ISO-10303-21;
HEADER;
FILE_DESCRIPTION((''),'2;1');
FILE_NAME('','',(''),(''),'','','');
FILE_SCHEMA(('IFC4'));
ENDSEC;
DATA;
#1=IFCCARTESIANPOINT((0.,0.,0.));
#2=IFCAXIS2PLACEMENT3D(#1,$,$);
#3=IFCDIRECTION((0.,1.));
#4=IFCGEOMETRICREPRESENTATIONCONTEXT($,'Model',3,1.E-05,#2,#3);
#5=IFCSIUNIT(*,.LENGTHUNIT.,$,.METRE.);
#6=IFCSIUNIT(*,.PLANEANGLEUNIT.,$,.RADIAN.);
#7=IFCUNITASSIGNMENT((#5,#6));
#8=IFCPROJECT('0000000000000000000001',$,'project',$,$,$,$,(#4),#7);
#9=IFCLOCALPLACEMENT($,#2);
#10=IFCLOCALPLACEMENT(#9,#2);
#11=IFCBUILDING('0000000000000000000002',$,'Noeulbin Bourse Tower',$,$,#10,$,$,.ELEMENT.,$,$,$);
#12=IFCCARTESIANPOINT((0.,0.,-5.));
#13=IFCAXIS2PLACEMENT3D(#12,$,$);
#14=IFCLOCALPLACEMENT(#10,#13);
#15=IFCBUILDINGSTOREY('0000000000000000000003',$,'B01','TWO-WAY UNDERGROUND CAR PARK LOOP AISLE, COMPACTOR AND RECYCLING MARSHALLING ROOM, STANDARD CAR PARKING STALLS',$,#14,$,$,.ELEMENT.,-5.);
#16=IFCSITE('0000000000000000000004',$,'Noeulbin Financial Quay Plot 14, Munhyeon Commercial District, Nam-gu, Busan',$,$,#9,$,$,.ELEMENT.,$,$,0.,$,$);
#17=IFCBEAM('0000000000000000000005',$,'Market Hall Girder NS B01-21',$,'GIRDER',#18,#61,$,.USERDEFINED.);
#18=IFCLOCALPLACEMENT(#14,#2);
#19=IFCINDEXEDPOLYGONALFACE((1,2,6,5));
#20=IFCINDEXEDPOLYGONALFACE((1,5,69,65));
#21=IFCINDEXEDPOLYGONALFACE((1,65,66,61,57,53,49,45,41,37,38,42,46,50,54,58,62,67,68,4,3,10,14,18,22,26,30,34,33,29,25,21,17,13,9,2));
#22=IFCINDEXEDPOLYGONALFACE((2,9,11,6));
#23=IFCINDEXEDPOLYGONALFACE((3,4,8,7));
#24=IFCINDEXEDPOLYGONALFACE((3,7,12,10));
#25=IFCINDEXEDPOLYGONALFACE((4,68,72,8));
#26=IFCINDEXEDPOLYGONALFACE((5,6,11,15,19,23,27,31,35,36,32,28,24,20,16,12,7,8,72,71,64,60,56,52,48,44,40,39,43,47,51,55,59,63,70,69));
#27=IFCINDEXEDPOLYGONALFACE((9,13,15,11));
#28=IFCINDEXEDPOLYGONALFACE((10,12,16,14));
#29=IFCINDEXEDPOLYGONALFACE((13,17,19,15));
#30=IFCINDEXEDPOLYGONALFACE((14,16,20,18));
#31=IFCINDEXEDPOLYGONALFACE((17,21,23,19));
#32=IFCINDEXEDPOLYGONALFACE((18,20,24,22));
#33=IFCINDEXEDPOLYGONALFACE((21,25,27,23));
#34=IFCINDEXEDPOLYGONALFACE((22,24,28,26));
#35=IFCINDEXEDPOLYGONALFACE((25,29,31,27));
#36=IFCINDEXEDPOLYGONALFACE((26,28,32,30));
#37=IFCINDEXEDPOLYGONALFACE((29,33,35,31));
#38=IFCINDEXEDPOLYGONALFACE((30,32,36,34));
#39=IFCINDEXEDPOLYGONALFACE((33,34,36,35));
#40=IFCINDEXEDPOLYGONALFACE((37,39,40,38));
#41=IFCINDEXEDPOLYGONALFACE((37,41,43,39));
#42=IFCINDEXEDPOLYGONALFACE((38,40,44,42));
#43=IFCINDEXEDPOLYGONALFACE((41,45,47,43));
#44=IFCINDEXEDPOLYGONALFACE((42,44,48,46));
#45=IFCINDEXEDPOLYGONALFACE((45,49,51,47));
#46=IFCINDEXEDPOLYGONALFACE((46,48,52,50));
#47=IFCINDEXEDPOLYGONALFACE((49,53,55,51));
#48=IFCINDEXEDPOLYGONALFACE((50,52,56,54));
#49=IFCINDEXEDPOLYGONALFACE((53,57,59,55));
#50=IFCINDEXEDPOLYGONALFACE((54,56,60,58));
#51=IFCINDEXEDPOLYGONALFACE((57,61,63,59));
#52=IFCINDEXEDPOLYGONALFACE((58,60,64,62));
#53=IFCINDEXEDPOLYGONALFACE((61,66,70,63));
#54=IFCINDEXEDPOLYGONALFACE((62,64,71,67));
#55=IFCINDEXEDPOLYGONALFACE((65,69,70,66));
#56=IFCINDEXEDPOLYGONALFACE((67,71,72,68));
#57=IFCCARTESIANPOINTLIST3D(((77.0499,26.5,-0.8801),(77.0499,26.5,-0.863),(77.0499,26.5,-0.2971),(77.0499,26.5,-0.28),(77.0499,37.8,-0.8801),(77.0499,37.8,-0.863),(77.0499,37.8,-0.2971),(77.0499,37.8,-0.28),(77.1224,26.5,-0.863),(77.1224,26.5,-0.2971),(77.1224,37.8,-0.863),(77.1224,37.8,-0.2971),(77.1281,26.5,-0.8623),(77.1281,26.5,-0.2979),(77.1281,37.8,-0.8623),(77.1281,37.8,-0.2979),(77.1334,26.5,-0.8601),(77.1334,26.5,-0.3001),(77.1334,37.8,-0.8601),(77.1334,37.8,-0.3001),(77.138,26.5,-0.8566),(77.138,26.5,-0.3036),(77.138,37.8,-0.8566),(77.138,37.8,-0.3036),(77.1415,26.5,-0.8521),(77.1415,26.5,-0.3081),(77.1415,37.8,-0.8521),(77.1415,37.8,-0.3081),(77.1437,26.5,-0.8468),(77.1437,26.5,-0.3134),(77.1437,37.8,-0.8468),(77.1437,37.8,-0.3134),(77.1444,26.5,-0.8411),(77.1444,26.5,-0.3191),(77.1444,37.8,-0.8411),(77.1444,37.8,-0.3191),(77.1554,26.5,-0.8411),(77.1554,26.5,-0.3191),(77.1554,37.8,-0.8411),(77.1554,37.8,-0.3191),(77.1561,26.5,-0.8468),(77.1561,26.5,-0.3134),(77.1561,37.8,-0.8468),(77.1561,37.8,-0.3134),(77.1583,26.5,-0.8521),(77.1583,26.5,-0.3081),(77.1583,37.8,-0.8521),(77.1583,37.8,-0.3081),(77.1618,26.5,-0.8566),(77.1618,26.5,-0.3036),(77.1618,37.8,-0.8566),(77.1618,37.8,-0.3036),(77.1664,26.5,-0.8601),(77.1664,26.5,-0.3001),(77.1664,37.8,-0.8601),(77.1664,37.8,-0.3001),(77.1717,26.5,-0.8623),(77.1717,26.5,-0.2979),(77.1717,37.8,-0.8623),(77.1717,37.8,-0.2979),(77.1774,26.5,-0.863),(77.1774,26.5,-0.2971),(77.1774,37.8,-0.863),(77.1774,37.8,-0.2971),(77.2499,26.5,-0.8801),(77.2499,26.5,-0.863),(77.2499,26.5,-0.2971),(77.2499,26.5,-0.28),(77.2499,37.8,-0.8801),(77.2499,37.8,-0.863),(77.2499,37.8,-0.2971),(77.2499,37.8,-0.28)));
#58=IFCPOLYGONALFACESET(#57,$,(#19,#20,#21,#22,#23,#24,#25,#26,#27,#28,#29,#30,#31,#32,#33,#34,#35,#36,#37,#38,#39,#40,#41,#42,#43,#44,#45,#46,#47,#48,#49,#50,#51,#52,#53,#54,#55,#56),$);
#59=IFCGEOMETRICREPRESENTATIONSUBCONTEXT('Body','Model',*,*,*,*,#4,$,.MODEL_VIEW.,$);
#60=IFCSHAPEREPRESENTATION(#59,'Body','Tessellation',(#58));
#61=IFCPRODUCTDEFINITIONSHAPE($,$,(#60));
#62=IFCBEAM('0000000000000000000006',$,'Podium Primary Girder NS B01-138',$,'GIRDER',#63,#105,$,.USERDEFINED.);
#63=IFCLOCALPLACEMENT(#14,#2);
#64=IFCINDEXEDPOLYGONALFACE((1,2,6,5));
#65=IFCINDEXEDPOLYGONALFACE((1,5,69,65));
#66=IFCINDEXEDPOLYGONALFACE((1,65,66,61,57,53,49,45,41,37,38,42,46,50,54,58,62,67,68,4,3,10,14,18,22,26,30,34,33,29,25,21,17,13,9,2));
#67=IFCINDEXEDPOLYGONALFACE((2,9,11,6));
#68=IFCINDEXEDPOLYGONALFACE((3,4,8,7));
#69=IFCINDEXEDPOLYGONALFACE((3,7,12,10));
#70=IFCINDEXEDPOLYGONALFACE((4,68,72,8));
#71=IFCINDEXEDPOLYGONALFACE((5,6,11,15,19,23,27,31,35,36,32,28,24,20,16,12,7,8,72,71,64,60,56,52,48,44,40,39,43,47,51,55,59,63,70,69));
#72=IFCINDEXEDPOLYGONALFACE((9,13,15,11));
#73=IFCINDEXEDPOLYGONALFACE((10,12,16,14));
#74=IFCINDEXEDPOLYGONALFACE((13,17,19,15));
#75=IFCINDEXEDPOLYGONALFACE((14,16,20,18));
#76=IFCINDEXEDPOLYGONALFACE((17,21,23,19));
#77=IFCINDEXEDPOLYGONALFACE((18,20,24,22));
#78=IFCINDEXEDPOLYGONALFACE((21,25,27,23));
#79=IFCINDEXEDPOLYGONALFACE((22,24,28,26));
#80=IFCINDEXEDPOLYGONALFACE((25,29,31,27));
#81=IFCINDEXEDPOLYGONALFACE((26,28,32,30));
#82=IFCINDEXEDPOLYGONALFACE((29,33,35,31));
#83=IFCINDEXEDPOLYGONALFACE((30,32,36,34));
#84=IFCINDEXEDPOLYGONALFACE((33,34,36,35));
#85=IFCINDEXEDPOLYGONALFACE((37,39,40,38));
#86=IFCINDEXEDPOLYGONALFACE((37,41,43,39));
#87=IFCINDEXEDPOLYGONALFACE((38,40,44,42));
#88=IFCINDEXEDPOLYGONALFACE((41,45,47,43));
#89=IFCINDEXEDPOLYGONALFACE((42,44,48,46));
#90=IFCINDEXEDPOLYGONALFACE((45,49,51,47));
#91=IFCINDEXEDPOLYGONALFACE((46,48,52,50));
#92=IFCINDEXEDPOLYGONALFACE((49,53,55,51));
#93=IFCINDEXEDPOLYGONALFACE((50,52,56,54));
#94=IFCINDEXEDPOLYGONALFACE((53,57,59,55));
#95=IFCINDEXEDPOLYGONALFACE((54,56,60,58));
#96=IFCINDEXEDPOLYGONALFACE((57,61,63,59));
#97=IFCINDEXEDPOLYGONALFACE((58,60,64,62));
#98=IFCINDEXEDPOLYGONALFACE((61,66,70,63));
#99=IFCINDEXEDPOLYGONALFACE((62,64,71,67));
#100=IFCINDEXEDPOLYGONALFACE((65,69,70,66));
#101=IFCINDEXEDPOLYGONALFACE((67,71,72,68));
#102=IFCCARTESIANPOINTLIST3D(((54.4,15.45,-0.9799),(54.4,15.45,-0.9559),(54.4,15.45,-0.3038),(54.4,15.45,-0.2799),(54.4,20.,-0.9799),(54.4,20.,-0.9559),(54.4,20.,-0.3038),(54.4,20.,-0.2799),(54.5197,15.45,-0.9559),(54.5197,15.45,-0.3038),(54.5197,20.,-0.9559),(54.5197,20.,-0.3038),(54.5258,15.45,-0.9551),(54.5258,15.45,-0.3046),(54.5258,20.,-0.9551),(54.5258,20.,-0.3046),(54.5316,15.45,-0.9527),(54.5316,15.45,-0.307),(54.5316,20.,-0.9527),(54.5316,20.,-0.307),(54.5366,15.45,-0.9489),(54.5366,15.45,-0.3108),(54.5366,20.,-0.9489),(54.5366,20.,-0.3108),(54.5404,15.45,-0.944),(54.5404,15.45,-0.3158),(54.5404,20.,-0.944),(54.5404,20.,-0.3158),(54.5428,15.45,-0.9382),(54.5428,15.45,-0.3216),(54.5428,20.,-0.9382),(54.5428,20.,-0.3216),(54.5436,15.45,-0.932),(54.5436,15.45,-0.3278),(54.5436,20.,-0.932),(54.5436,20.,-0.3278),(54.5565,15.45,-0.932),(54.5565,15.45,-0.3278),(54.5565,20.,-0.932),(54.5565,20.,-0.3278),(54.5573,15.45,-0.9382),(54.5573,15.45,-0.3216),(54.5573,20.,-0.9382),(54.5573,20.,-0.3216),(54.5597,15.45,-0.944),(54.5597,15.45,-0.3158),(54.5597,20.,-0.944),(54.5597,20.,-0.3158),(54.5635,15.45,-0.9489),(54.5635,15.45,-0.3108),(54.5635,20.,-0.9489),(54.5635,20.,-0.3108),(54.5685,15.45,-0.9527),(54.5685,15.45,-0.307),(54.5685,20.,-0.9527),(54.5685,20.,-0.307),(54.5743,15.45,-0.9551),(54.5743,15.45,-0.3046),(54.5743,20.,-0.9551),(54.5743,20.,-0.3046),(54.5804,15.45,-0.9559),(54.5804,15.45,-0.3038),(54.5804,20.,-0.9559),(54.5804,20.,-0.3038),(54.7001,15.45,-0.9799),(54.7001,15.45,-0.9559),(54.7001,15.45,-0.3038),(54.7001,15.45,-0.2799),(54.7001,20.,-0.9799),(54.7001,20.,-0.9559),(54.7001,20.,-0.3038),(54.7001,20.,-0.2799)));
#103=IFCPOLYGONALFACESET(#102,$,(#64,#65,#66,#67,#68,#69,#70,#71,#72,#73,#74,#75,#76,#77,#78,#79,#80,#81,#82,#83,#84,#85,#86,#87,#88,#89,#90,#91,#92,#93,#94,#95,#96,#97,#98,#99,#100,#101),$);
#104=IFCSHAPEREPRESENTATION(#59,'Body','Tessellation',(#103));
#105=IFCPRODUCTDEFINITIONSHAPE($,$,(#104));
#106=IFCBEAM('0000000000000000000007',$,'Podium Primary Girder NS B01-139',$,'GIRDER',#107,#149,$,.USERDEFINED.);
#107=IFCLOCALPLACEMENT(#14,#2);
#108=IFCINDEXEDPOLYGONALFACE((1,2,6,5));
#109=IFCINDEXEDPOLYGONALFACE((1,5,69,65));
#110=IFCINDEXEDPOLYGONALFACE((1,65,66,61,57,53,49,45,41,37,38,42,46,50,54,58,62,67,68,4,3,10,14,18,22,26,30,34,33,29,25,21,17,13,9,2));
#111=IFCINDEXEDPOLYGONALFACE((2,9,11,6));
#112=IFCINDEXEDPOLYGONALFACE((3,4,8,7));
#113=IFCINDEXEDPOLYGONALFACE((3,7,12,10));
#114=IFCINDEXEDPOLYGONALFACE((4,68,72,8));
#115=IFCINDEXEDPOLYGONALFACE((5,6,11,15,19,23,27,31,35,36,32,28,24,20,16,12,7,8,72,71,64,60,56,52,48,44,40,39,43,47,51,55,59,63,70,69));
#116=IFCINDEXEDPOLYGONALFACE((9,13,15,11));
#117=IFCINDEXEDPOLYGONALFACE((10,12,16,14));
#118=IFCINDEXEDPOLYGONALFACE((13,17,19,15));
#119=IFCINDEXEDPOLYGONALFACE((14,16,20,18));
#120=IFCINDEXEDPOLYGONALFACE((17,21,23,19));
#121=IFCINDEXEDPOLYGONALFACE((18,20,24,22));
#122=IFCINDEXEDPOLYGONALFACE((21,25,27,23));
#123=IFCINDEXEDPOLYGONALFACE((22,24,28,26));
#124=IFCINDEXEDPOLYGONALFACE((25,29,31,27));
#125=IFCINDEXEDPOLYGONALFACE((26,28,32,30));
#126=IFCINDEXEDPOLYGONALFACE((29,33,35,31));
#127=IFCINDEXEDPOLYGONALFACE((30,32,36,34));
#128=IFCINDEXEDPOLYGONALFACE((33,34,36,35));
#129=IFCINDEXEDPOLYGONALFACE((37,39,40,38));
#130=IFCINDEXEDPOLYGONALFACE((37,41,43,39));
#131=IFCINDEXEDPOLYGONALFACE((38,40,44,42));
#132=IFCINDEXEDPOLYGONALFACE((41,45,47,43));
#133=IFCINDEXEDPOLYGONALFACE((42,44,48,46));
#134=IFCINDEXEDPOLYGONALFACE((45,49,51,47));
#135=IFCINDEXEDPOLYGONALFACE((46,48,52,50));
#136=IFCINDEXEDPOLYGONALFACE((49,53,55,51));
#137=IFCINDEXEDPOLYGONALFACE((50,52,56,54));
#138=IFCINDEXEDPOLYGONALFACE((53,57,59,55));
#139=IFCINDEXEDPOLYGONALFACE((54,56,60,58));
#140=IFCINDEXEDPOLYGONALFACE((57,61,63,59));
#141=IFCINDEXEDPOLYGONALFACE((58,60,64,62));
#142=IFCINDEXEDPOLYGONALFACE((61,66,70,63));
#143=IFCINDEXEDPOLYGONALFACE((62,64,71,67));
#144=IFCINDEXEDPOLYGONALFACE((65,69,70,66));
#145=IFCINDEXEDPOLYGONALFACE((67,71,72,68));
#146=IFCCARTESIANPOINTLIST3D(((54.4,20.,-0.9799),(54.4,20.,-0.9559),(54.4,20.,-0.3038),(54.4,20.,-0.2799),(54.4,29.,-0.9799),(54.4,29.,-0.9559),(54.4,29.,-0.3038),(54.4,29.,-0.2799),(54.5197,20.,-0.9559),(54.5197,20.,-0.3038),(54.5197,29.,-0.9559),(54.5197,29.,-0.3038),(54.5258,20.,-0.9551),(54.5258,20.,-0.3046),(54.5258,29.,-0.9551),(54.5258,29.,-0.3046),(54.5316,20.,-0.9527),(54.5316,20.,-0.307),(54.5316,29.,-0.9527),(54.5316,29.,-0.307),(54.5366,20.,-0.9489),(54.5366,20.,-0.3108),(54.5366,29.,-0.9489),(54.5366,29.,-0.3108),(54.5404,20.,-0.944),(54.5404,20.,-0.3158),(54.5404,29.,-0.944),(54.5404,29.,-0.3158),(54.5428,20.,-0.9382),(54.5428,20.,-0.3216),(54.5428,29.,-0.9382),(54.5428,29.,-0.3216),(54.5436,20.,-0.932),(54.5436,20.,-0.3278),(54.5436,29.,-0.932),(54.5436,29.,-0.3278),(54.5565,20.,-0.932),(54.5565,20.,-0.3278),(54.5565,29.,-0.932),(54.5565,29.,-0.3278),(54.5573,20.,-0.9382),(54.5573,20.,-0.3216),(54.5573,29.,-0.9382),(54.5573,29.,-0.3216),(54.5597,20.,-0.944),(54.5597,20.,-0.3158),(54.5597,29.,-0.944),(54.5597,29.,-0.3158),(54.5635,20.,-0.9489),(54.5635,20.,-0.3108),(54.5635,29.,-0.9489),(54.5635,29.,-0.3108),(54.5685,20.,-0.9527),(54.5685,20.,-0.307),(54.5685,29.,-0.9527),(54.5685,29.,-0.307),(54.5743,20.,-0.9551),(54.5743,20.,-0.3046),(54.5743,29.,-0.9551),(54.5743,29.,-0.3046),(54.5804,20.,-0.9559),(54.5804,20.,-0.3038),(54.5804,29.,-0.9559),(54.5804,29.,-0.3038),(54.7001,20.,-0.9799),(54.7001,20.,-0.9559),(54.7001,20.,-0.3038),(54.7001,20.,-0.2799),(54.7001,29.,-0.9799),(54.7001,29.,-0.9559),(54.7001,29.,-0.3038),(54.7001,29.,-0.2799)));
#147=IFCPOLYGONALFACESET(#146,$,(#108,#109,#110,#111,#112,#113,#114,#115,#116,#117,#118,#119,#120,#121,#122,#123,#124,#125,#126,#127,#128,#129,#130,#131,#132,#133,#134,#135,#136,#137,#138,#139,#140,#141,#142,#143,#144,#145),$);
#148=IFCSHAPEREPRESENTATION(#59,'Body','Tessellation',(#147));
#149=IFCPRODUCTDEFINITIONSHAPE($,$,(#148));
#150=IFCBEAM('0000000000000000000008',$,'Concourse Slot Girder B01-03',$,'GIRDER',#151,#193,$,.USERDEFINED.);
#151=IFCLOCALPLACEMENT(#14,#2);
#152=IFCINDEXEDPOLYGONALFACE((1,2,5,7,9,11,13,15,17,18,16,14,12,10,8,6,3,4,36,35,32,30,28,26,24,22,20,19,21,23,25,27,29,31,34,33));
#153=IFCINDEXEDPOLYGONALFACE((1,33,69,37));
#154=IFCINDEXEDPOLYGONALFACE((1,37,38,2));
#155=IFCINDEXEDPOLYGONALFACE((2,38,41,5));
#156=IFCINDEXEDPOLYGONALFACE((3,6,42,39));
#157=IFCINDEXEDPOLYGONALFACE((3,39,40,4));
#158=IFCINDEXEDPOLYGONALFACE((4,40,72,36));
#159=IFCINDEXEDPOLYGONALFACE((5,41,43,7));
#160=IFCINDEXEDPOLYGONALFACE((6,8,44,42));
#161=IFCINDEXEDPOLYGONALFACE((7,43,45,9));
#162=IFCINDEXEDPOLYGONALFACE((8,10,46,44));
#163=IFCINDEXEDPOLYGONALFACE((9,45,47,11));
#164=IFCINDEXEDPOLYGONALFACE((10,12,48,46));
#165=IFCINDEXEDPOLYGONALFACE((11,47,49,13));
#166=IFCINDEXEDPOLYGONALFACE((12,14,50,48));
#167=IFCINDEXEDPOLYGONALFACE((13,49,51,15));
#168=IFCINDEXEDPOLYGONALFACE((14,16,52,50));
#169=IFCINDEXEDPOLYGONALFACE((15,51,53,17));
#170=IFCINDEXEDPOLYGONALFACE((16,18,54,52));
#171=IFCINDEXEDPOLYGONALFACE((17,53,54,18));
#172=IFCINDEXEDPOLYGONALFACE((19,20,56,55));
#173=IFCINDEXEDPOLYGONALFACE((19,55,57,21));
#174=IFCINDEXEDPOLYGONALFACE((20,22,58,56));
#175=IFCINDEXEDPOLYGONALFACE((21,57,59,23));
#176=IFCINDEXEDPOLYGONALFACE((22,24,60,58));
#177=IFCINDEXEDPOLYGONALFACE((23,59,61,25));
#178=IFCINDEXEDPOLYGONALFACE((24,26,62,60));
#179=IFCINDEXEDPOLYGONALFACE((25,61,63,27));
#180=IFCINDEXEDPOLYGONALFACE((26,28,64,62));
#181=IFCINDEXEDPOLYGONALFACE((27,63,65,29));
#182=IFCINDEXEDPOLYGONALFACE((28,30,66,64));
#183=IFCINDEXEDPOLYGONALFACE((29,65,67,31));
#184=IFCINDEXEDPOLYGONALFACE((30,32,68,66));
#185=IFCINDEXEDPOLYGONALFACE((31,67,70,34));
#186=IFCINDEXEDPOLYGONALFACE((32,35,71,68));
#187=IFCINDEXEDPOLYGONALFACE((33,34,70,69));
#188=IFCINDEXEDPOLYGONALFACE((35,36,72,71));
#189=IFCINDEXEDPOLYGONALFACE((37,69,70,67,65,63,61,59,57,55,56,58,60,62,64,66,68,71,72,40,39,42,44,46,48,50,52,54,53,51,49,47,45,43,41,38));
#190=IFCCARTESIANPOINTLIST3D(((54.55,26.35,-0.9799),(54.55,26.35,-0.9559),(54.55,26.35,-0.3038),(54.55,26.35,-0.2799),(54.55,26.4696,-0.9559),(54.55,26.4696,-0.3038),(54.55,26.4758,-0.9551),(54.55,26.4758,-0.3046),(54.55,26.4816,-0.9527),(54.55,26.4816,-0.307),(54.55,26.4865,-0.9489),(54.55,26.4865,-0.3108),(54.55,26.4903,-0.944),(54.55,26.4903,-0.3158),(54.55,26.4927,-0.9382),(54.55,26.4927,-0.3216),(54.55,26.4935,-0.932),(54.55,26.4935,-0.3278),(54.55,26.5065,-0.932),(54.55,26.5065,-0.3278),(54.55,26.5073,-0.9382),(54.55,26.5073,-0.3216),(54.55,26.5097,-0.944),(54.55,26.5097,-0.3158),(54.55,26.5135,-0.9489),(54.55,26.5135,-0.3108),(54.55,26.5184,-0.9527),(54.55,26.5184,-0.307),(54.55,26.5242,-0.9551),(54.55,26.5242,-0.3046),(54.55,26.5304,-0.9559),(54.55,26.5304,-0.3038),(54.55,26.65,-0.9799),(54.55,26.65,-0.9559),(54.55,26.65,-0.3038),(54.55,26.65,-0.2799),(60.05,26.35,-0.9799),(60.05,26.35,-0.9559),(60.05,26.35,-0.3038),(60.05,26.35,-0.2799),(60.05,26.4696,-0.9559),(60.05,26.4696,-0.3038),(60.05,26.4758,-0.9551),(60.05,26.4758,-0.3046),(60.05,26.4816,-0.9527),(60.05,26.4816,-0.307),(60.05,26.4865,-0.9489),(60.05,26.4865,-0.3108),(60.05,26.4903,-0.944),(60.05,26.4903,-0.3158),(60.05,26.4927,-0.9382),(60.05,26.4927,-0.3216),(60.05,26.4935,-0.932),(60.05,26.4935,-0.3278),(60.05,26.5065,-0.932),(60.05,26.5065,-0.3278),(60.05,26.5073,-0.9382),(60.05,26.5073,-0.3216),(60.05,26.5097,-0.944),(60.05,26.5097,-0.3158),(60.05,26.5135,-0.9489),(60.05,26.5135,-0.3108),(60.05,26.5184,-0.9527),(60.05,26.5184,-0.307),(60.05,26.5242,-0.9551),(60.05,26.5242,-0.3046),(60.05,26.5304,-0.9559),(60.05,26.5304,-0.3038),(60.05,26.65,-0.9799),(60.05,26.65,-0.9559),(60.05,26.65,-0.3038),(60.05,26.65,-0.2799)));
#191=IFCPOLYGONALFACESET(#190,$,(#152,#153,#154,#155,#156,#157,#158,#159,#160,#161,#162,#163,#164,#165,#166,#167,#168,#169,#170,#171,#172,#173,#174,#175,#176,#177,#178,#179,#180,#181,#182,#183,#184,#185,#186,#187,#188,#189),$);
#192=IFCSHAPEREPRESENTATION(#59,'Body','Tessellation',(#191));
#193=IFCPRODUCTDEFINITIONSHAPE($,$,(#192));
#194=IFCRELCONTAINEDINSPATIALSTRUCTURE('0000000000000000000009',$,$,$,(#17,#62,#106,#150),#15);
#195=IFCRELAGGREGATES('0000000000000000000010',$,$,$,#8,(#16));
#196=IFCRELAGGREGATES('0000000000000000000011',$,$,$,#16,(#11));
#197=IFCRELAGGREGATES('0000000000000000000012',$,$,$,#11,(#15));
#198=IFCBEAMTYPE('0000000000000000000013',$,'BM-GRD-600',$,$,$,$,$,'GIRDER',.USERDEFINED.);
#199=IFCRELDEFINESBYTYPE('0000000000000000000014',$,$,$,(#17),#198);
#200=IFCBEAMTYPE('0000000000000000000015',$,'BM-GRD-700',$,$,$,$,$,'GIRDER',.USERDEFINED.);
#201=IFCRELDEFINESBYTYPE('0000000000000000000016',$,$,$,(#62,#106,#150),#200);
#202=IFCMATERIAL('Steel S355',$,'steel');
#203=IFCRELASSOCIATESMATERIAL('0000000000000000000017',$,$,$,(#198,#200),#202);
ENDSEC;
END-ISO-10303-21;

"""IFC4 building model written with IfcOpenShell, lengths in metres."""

from ifc_helpers import new_model, si_unit, direction, frame, origin, origin_2d, place, context, subcontext, project, spatial, i_section, extrude, material, material_profile, profile_set, type_object, element, save


model = new_model("IFC4")

# Units and contexts
model_context = context("Model", 3, precision=1e-05, world=origin(), true_north=direction((0.0, 1.0)))
body_context = subcontext(model_context, "Body", "Model", "MODEL_VIEW")
ifc_project = project(units=[si_unit("LENGTHUNIT", "METRE"), si_unit("PLANEANGLEUNIT", "RADIAN")], contexts=[model_context])

# Site, building, storey
site_placement = place(None, origin())
site = spatial("IfcSite", under=ifc_project, at=site_placement, Name="Noeulbin Financial Quay Plot 14, Munhyeon Commercial District, Nam-gu, Busan", CompositionType="ELEMENT", RefElevation=0.0)
building_placement = place(site_placement, origin())
building = spatial("IfcBuilding", under=site, at=building_placement, Name="Noeulbin Bourse Tower", CompositionType="ELEMENT")
storey_placement = place(building_placement, frame((0.0, 0.0, -5.0)))
storey = spatial("IfcBuildingStorey", under=building, at=storey_placement, Name="B01", Description="TWO-WAY UNDERGROUND CAR PARK LOOP AISLE, COMPACTOR AND RECYCLING MARSHALLING ROOM, STANDARD CAR PARKING STALLS", CompositionType="ELEMENT", Elevation=-5.0)

# Beams
ifc_material_1 = material(Name="Steel S355", Category="steel")
ifc_material_profile_1 = material_profile(ifc_material_1, i_section(OverallWidth=0.2, OverallDepth=0.6001, WebThickness=0.011, FlangeThickness=0.0171, FilletRadius=0.022, at=origin_2d()), Name="H-600x200x11x17", Category="LoadBearing")
ifc_profile_set_1 = profile_set([ifc_material_profile_1], Name="Steel S355")
beam_type_1 = type_object("IfcBeamType", Name="BM-GRD-600", ElementType="GIRDER", PredefinedType="USERDEFINED", material=ifc_profile_set_1)
beam_1_placement = place(storey_placement, frame((77.1499, 26.5, -0.5801), z_axis=(0.0, 1.0, 0.0), x_axis=(-1.0, 0.0, 0.0)))
element("IfcBeam", 1, at=beam_1_placement, inside=storey, type_object=beam_type_1, Name="Market Hall Girder NS B01-21", ObjectType="GIRDER", PredefinedType="USERDEFINED", context=body_context, shape_type="SweptSolid", body=[
    extrude(i_section(OverallWidth=0.2, OverallDepth=0.6001, WebThickness=0.011, FlangeThickness=0.0171, FilletRadius=0.022, at=origin_2d()), origin(), (0.0, 0.0, 1.0), 11.3),
])
ifc_material_profile_2 = material_profile(ifc_material_1, i_section(OverallWidth=0.3, OverallDepth=0.7, WebThickness=0.0129, FlangeThickness=0.0239, FilletRadius=0.0239, at=origin_2d()), Name="H-700x300x13x24", Category="LoadBearing")
ifc_profile_set_2 = profile_set([ifc_material_profile_2], Name="Steel S355")
beam_type_2 = type_object("IfcBeamType", Name="BM-GRD-700", ElementType="GIRDER", PredefinedType="USERDEFINED", material=ifc_profile_set_2)
beam_2_placement = place(storey_placement, frame((54.55, 15.45, -0.6299), z_axis=(0.0, 1.0, 0.0), x_axis=(-1.0, 0.0, 0.0)))
element("IfcBeam", 2, at=beam_2_placement, inside=storey, type_object=beam_type_2, Name="Podium Primary Girder NS B01-138", ObjectType="GIRDER", PredefinedType="USERDEFINED", context=body_context, shape_type="SweptSolid", body=[
    extrude(i_section(OverallWidth=0.3, OverallDepth=0.7, WebThickness=0.0129, FlangeThickness=0.0239, FilletRadius=0.0239, at=origin_2d()), origin(), (0.0, 0.0, 1.0), 4.55),
])
beam_3_placement = place(storey_placement, frame((54.55, 20.0, -0.6299), z_axis=(0.0, 1.0, 0.0), x_axis=(-1.0, 0.0, 0.0)))
element("IfcBeam", 3, at=beam_3_placement, inside=storey, type_object=beam_type_2, Name="Podium Primary Girder NS B01-139", ObjectType="GIRDER", PredefinedType="USERDEFINED", context=body_context, shape_type="SweptSolid", body=[
    extrude(i_section(OverallWidth=0.3, OverallDepth=0.7, WebThickness=0.0129, FlangeThickness=0.0239, FilletRadius=0.0239, at=origin_2d()), origin(), (0.0, 0.0, 1.0), 9.0),
])
beam_4_placement = place(storey_placement, frame((54.55, 26.5, -0.6299), z_axis=(1.0, 0.0, 0.0), x_axis=(0.0, 1.0, 0.0)))
element("IfcBeam", 4, at=beam_4_placement, inside=storey, type_object=beam_type_2, Name="Concourse Slot Girder B01-03", ObjectType="GIRDER", PredefinedType="USERDEFINED", context=body_context, shape_type="SweptSolid", body=[
    extrude(i_section(OverallWidth=0.3, OverallDepth=0.7, WebThickness=0.0129, FlangeThickness=0.0239, FilletRadius=0.0239, at=origin_2d()), origin(), (0.0, 0.0, 1.0), 5.5),
])

save(model, "model.ifc")
